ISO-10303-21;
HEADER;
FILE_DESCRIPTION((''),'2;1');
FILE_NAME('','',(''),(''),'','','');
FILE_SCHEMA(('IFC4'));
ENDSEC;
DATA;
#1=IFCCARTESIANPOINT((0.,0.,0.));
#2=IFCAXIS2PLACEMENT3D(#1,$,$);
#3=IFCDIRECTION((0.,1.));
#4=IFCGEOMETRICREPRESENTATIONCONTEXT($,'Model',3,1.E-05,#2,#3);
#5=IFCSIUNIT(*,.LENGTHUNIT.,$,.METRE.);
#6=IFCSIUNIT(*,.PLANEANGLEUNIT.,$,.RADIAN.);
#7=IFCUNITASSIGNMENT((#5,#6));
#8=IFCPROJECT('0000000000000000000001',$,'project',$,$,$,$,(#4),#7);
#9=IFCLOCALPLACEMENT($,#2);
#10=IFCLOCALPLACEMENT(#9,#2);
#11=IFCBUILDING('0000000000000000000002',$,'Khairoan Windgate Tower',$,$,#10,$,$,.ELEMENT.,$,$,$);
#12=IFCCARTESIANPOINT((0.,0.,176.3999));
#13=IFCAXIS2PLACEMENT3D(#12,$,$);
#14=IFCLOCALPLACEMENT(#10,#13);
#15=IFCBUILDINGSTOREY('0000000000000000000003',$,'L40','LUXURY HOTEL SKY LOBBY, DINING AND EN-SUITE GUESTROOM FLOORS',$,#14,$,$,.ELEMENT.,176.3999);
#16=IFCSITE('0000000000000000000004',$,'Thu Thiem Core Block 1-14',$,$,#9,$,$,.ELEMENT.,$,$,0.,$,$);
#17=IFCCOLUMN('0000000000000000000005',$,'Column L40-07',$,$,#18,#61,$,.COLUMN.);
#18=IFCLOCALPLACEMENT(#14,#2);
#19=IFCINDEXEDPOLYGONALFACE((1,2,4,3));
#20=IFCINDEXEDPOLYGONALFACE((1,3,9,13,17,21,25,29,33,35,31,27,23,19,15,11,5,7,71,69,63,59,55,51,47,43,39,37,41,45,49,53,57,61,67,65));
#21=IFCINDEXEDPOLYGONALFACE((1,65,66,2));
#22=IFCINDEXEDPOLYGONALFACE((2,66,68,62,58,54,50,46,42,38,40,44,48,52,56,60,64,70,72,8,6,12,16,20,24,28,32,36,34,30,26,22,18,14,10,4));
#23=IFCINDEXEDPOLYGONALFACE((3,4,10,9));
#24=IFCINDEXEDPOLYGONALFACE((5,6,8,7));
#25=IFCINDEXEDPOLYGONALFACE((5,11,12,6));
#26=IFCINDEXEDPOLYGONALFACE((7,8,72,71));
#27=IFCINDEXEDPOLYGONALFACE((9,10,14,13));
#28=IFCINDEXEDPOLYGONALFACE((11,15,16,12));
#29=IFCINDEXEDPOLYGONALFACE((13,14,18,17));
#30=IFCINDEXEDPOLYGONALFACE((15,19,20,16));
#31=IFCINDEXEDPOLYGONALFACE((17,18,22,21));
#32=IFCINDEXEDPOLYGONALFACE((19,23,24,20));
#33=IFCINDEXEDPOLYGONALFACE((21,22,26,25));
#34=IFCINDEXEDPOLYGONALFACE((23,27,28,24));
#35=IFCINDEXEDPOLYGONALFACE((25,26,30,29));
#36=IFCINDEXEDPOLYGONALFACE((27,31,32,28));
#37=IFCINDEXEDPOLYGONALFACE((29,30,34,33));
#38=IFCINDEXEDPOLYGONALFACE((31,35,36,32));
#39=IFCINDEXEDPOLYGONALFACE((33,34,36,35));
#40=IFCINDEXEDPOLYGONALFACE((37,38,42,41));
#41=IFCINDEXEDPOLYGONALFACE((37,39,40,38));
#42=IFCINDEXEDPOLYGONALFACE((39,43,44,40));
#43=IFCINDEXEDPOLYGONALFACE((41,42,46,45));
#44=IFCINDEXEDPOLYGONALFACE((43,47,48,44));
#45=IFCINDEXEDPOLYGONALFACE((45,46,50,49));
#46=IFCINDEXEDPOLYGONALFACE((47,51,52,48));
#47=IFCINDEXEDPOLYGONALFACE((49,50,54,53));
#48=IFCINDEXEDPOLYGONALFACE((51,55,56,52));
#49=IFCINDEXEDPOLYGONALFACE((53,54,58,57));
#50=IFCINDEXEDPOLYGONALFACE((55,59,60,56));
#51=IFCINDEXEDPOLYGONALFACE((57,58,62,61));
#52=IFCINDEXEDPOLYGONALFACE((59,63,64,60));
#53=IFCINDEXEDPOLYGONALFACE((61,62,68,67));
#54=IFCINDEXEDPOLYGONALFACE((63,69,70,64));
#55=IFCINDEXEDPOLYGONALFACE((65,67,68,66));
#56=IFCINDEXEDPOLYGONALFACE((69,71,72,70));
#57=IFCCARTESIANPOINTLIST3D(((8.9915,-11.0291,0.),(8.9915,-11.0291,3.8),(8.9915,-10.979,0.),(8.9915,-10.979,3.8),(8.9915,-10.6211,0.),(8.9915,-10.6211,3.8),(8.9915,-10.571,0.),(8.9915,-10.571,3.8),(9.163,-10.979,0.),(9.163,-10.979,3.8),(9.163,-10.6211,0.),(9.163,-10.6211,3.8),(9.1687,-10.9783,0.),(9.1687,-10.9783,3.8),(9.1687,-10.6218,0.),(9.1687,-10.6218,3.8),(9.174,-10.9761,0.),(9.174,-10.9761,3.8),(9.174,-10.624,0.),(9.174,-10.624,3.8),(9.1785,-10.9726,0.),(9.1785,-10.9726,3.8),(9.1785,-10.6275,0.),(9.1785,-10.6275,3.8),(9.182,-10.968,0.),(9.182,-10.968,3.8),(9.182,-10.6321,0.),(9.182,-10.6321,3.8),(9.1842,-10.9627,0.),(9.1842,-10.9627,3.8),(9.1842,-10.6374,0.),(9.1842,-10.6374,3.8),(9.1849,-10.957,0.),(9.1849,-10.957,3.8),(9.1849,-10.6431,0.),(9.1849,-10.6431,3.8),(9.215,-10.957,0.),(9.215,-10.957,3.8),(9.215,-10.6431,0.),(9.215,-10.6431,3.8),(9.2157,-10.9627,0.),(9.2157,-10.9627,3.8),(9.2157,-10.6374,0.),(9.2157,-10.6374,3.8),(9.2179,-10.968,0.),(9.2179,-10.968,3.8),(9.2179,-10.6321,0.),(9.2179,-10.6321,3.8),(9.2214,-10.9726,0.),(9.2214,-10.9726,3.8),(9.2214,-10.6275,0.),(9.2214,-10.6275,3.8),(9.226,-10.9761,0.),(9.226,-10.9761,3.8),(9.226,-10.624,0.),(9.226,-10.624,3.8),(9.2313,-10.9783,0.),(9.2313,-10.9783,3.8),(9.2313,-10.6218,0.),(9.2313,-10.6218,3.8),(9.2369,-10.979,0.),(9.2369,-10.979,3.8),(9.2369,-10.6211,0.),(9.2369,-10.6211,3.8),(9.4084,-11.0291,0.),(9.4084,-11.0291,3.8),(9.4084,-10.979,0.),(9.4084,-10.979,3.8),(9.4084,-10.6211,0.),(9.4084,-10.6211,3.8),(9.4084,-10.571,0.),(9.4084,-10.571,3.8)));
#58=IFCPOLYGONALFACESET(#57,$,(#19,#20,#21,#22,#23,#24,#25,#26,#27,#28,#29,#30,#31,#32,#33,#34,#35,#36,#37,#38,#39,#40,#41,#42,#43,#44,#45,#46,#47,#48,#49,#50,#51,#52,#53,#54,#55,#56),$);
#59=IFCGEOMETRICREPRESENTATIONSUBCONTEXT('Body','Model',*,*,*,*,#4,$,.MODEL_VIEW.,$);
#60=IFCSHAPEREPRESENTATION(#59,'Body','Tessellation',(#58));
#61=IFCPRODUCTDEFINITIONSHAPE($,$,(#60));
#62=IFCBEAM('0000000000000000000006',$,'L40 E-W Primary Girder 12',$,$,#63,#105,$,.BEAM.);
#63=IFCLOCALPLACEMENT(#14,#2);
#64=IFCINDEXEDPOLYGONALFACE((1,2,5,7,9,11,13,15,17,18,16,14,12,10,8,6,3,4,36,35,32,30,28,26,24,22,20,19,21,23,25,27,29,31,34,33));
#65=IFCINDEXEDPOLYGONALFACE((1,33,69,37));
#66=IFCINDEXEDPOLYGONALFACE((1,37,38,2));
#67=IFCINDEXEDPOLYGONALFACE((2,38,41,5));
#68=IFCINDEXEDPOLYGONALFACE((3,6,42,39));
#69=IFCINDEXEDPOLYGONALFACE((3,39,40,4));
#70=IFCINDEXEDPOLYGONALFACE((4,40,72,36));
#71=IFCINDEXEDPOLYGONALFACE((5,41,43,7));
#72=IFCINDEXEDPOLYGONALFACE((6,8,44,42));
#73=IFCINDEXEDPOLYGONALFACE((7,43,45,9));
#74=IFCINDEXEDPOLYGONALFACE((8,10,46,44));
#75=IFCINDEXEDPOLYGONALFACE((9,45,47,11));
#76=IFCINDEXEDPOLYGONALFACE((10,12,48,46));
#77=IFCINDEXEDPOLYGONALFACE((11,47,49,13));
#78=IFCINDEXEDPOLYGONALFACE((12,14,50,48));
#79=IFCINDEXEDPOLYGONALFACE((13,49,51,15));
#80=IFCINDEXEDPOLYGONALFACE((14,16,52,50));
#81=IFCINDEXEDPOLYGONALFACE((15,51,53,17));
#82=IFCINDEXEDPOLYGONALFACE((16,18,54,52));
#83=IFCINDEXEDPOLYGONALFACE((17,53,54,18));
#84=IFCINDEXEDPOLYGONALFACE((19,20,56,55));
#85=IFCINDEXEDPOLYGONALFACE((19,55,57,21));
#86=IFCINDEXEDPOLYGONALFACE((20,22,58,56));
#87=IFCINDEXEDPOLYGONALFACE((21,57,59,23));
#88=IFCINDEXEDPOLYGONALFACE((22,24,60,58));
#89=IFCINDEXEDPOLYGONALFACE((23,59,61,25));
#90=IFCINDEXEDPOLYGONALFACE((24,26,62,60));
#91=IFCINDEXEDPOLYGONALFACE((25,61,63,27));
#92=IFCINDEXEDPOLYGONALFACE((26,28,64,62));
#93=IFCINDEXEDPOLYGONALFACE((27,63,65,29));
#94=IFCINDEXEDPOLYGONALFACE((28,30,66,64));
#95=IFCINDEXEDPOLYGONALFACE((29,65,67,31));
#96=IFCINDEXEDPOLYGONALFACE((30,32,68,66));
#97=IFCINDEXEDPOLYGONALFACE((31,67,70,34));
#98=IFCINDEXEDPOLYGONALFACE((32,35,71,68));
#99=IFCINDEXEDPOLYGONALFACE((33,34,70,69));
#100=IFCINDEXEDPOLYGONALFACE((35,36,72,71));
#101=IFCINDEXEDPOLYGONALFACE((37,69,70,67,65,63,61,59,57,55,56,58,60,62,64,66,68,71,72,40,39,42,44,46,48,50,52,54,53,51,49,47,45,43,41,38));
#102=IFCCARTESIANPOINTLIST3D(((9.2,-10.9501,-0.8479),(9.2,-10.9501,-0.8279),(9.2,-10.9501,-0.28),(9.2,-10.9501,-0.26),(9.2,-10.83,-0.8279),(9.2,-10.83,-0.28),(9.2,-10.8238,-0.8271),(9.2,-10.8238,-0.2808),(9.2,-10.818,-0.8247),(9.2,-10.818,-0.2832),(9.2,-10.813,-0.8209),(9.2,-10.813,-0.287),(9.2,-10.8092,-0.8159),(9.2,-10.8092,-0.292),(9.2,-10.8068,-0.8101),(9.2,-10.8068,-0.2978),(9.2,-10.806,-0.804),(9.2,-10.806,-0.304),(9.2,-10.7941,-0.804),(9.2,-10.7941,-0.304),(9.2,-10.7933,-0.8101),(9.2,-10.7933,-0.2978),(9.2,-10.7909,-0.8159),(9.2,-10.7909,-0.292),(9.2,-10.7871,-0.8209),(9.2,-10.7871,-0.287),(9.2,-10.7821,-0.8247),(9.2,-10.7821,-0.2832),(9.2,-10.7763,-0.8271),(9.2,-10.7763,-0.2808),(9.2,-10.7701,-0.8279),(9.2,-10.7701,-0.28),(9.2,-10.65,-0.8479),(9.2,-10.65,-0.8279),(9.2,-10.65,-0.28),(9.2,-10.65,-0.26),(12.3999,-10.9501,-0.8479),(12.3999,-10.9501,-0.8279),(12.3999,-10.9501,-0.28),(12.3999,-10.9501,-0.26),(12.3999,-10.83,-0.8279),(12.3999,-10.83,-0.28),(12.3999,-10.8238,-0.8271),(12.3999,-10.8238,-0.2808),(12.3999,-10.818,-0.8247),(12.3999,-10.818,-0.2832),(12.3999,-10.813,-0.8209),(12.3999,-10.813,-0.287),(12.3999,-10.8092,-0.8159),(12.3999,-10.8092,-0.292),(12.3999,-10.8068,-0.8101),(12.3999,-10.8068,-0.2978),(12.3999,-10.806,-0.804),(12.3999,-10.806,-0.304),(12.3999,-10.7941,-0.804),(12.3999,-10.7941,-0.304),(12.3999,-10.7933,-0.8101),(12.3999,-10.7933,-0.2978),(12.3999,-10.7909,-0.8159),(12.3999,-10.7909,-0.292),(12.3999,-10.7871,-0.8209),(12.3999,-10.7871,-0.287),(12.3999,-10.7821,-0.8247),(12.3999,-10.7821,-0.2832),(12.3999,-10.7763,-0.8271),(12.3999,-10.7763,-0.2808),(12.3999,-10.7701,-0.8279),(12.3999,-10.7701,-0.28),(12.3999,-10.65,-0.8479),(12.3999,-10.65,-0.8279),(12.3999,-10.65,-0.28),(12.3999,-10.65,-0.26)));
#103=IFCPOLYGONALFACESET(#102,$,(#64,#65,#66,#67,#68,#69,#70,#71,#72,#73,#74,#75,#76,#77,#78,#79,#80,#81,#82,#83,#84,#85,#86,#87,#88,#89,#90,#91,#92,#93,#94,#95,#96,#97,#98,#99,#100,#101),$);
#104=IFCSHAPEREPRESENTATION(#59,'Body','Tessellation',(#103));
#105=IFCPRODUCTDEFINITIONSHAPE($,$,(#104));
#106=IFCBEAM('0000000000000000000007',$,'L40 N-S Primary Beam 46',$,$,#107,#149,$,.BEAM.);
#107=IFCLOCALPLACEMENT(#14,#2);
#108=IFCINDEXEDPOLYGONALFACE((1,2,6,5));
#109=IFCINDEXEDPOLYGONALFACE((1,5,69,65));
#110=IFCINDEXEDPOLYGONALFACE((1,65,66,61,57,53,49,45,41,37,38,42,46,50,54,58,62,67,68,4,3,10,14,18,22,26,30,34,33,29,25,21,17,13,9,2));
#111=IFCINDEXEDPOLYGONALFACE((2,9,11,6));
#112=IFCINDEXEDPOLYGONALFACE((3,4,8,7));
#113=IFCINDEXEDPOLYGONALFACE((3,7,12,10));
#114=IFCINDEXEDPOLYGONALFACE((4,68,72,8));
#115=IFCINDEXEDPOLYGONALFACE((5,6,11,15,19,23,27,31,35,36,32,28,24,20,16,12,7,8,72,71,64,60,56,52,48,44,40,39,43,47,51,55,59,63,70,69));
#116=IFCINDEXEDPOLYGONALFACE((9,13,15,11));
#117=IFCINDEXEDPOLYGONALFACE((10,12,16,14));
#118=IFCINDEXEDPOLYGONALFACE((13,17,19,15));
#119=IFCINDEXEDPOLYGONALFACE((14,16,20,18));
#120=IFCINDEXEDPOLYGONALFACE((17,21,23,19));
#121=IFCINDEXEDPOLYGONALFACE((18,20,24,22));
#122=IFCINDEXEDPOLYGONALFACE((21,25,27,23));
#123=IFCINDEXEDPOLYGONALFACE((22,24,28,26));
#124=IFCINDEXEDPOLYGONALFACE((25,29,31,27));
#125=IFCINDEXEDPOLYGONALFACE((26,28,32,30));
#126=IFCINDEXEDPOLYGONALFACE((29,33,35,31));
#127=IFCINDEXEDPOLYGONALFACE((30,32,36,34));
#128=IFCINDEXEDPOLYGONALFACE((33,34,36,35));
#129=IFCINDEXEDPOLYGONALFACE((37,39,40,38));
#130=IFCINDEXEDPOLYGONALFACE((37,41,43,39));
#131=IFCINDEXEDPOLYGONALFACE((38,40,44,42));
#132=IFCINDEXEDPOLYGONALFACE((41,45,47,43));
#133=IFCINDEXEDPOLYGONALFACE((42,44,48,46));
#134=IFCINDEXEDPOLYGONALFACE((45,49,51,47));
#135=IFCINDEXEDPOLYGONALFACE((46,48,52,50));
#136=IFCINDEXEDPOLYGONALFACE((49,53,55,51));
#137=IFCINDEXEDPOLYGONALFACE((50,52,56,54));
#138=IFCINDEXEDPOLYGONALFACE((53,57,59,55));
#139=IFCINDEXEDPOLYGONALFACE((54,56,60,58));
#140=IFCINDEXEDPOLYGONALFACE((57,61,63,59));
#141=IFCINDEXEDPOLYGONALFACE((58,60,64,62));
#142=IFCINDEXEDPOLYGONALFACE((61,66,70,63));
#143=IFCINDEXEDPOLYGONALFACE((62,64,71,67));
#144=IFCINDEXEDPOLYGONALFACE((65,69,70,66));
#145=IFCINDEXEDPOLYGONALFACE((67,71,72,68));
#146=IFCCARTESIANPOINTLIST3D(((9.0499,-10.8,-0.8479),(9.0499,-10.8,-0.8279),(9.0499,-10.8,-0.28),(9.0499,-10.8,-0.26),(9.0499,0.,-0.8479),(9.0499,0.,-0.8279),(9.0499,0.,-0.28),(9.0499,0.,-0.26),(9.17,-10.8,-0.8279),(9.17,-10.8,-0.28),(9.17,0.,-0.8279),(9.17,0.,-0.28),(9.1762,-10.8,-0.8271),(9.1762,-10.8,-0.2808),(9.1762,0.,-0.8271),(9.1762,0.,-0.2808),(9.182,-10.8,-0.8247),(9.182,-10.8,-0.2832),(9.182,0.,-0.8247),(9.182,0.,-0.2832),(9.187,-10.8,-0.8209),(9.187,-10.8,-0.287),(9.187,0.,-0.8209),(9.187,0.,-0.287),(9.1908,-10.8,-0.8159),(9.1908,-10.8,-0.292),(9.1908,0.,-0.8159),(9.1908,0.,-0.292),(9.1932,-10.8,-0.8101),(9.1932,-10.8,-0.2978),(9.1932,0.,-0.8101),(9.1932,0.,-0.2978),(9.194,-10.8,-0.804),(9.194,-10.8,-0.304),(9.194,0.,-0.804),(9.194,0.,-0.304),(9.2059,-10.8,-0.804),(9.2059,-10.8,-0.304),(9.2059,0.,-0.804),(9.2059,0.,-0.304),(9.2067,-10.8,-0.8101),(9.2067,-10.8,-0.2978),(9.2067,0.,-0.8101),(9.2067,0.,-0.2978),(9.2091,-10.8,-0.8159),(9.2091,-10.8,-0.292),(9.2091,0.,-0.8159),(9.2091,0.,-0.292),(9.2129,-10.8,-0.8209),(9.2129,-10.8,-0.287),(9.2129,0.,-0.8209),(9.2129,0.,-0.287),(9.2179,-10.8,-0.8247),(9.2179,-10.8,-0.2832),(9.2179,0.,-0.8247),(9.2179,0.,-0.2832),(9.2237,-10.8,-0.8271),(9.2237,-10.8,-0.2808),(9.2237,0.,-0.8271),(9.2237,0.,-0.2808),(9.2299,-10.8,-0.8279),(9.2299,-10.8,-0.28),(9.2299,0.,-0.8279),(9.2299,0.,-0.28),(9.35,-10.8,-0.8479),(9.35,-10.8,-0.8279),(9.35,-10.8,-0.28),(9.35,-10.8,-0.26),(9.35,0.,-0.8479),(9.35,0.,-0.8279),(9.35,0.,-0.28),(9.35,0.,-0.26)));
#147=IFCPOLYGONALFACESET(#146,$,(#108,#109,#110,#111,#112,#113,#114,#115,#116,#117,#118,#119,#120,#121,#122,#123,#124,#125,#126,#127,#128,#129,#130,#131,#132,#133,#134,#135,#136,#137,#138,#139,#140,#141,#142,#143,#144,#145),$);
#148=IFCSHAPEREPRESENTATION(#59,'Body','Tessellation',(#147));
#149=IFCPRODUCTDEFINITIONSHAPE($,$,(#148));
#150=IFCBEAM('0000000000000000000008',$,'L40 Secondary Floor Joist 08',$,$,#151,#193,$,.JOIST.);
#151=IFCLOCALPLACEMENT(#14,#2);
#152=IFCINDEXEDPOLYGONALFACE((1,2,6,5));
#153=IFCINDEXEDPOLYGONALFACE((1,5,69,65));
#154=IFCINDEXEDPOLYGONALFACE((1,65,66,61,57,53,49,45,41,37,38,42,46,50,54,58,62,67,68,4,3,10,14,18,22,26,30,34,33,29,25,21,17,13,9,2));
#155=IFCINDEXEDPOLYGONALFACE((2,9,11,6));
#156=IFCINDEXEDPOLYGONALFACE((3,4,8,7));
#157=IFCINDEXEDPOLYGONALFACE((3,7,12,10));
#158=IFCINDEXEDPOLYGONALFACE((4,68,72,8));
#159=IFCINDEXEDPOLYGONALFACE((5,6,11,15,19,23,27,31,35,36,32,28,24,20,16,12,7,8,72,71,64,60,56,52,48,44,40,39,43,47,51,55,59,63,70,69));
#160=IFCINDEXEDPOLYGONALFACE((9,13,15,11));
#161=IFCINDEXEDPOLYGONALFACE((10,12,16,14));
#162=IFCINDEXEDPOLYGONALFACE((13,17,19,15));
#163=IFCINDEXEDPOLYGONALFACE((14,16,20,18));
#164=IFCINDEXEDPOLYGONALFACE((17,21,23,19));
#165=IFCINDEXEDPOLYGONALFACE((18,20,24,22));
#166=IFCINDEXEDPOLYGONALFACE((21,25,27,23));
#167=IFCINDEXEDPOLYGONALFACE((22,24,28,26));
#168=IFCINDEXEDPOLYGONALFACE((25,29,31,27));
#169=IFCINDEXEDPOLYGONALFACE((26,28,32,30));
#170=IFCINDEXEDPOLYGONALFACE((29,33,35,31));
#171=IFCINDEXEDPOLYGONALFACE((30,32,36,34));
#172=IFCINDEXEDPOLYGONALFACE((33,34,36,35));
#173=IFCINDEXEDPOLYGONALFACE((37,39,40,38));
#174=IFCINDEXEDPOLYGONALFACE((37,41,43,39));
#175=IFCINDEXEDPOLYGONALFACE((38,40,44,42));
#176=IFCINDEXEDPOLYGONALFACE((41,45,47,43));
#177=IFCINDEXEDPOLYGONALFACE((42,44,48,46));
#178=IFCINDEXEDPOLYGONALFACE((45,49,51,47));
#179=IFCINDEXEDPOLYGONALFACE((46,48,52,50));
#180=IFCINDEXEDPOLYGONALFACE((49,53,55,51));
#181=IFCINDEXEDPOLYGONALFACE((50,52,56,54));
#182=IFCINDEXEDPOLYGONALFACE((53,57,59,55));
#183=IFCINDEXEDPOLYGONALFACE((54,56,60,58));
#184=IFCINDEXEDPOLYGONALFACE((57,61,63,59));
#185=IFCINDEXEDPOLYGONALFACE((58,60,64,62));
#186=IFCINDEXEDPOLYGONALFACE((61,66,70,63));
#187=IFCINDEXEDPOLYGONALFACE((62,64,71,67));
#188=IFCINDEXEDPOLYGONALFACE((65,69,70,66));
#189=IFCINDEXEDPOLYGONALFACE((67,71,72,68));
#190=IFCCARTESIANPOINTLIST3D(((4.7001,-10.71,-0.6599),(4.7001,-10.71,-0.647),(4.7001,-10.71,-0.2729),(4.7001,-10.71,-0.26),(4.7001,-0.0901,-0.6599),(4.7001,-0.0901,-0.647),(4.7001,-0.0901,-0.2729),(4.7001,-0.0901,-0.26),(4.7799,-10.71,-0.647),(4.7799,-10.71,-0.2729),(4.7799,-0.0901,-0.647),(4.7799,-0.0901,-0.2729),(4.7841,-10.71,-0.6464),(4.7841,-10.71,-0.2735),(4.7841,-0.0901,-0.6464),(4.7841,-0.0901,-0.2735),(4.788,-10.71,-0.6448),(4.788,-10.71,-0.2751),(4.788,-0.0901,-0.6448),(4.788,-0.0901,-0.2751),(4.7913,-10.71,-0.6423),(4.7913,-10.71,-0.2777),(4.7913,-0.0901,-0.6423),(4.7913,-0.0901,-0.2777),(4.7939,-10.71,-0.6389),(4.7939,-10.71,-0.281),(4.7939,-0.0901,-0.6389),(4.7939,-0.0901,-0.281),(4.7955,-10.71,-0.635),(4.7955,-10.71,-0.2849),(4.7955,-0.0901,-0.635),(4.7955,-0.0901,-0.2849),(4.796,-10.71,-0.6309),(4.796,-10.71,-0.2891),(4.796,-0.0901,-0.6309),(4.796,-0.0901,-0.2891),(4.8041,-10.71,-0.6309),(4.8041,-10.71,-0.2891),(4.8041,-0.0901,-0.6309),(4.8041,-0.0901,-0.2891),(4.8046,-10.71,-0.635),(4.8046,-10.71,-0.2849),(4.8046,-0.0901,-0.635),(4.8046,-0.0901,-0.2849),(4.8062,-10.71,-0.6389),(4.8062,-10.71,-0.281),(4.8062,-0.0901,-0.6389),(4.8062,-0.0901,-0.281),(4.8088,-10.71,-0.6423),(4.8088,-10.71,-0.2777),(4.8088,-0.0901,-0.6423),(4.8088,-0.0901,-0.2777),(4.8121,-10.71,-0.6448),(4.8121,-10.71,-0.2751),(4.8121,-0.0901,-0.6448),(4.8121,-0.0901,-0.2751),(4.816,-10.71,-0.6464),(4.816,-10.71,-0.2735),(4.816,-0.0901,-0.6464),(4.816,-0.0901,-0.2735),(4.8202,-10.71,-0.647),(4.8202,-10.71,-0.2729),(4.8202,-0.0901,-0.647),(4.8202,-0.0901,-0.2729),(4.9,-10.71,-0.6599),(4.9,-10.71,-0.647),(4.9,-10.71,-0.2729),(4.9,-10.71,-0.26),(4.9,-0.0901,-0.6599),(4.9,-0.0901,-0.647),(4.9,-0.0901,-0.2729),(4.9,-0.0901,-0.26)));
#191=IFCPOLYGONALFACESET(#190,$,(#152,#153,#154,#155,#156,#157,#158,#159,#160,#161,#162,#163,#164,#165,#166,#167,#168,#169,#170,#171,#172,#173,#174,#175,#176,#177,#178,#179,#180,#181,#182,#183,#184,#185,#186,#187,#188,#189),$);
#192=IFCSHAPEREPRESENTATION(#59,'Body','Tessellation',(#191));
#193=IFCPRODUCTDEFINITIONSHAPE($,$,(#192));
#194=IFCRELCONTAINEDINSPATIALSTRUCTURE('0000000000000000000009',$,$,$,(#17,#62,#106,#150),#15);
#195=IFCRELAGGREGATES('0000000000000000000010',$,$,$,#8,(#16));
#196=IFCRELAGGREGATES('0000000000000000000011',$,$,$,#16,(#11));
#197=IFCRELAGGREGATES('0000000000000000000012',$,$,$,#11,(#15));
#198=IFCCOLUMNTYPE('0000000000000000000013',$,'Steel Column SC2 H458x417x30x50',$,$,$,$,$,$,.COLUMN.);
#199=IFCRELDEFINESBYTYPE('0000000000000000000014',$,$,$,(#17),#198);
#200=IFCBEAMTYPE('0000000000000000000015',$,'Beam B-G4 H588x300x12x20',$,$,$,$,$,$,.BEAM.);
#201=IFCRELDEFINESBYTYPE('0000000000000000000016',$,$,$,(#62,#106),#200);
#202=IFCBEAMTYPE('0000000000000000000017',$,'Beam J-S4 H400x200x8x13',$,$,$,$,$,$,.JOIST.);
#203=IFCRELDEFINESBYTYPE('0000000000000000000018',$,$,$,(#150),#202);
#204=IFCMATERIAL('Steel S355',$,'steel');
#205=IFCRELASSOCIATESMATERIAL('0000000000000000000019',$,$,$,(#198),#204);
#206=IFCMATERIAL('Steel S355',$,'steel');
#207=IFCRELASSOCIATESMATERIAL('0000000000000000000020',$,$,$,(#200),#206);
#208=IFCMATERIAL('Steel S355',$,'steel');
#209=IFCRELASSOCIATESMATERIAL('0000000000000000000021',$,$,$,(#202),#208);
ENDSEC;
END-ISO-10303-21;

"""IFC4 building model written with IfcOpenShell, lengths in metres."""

from ifc_helpers import new_model, si_unit, direction, frame, origin, origin_2d, place, context, subcontext, project, spatial, i_section, extrude, material, material_profile, profile_set, type_object, element, save


model = new_model("IFC4")

# Units and contexts
model_context = context("Model", 3, precision=1e-05, world=origin(), true_north=direction((0.0, 1.0)))
body_context = subcontext(model_context, "Body", "Model", "MODEL_VIEW")
ifc_project = project(units=[si_unit("LENGTHUNIT", "METRE"), si_unit("PLANEANGLEUNIT", "RADIAN")], contexts=[model_context])

# Site, building, storey
site_placement = place(None, origin())
site = spatial("IfcSite", under=ifc_project, at=site_placement, Name="Thu Thiem Core Block 1-14", CompositionType="ELEMENT", RefElevation=0.0)
building_placement = place(site_placement, origin())
building = spatial("IfcBuilding", under=site, at=building_placement, Name="Khairoan Windgate Tower", CompositionType="ELEMENT")
storey_placement = place(building_placement, frame((0.0, 0.0, 176.3999)))
storey = spatial("IfcBuildingStorey", under=building, at=storey_placement, Name="L40", Description="LUXURY HOTEL SKY LOBBY, DINING AND EN-SUITE GUESTROOM FLOORS", CompositionType="ELEMENT", Elevation=176.3999)

# Column
ifc_material_1 = material(Name="Steel S355", Category="steel")
ifc_material_profile_1 = material_profile(ifc_material_1, i_section(OverallWidth=0.417, OverallDepth=0.458, WebThickness=0.03, FlangeThickness=0.05, FilletRadius=0.022, at=origin_2d()))
ifc_profile_set_1 = profile_set([ifc_material_profile_1], Name="Steel S355")
column_type = type_object("IfcColumnType", Name="Steel Column SC2 H458x417x30x50", PredefinedType="COLUMN", material=ifc_profile_set_1)
column_placement = place(storey_placement, frame((9.2, -10.8, 0.0), z_axis=(0.0, 0.0, 1.0), x_axis=(1.0, 0.0, 0.0)))
element("IfcColumn", 1, at=column_placement, inside=storey, type_object=column_type, Name="Column L40-07", PredefinedType="COLUMN", context=body_context, shape_type="SweptSolid", body=[
    extrude(i_section(OverallWidth=0.417, OverallDepth=0.458, WebThickness=0.03, FlangeThickness=0.05, FilletRadius=0.022, at=origin_2d()), origin(), (0.0, 0.0, 1.0), 3.8),
])

# Beams
ifc_material_2 = material(Name="Steel S355", Category="steel")
ifc_material_profile_2 = material_profile(ifc_material_2, i_section(OverallWidth=0.3, OverallDepth=0.5879, WebThickness=0.012, FlangeThickness=0.02, FilletRadius=0.0239, at=origin_2d()))
ifc_profile_set_2 = profile_set([ifc_material_profile_2], Name="Steel S355")
beam_type_1 = type_object("IfcBeamType", Name="Beam B-G4 H588x300x12x20", PredefinedType="BEAM", material=ifc_profile_set_2)
beam_1_placement = place(storey_placement, frame((9.2, -10.8, -0.554), z_axis=(1.0, 0.0, 0.0), x_axis=(0.0, 1.0, 0.0)))
element("IfcBeam", 2, at=beam_1_placement, inside=storey, type_object=beam_type_1, Name="L40 E-W Primary Girder 12", PredefinedType="BEAM", context=body_context, shape_type="SweptSolid", body=[
    extrude(i_section(OverallWidth=0.3, OverallDepth=0.5879, WebThickness=0.012, FlangeThickness=0.02, FilletRadius=0.0239, at=origin_2d()), origin(), (0.0, 0.0, 1.0), 3.2),
])
beam_2_placement = place(storey_placement, frame((9.2, -10.8, -0.554), z_axis=(0.0, 1.0, 0.0), x_axis=(-1.0, 0.0, 0.0)))
element("IfcBeam", 3, at=beam_2_placement, inside=storey, type_object=beam_type_1, Name="L40 N-S Primary Beam 46", PredefinedType="BEAM", context=body_context, shape_type="SweptSolid", body=[
    extrude(i_section(OverallWidth=0.3, OverallDepth=0.5879, WebThickness=0.012, FlangeThickness=0.02, FilletRadius=0.0239, at=origin_2d()), origin(), (0.0, 0.0, 1.0), 10.8),
])
ifc_material_3 = material(Name="Steel S355", Category="steel")
ifc_material_profile_3 = material_profile(ifc_material_3, i_section(OverallWidth=0.2, OverallDepth=0.3999, WebThickness=0.0081, FlangeThickness=0.0129, FilletRadius=0.0161, at=origin_2d()))
ifc_profile_set_3 = profile_set([ifc_material_profile_3], Name="Steel S355")
beam_type_2 = type_object("IfcBeamType", Name="Beam J-S4 H400x200x8x13", PredefinedType="JOIST", material=ifc_profile_set_3)
beam_3_placement = place(storey_placement, frame((4.8, -10.71, -0.46), z_axis=(0.0, 1.0, 0.0), x_axis=(-1.0, 0.0, 0.0)))
element("IfcBeam", 4, at=beam_3_placement, inside=storey, type_object=beam_type_2, Name="L40 Secondary Floor Joist 08", PredefinedType="JOIST", context=body_context, shape_type="SweptSolid", body=[
    extrude(i_section(OverallWidth=0.2, OverallDepth=0.3999, WebThickness=0.0081, FlangeThickness=0.0129, FilletRadius=0.0161, at=origin_2d()), origin(), (0.0, 0.0, 1.0), 10.6199),
])

save(model, "model.ifc")
